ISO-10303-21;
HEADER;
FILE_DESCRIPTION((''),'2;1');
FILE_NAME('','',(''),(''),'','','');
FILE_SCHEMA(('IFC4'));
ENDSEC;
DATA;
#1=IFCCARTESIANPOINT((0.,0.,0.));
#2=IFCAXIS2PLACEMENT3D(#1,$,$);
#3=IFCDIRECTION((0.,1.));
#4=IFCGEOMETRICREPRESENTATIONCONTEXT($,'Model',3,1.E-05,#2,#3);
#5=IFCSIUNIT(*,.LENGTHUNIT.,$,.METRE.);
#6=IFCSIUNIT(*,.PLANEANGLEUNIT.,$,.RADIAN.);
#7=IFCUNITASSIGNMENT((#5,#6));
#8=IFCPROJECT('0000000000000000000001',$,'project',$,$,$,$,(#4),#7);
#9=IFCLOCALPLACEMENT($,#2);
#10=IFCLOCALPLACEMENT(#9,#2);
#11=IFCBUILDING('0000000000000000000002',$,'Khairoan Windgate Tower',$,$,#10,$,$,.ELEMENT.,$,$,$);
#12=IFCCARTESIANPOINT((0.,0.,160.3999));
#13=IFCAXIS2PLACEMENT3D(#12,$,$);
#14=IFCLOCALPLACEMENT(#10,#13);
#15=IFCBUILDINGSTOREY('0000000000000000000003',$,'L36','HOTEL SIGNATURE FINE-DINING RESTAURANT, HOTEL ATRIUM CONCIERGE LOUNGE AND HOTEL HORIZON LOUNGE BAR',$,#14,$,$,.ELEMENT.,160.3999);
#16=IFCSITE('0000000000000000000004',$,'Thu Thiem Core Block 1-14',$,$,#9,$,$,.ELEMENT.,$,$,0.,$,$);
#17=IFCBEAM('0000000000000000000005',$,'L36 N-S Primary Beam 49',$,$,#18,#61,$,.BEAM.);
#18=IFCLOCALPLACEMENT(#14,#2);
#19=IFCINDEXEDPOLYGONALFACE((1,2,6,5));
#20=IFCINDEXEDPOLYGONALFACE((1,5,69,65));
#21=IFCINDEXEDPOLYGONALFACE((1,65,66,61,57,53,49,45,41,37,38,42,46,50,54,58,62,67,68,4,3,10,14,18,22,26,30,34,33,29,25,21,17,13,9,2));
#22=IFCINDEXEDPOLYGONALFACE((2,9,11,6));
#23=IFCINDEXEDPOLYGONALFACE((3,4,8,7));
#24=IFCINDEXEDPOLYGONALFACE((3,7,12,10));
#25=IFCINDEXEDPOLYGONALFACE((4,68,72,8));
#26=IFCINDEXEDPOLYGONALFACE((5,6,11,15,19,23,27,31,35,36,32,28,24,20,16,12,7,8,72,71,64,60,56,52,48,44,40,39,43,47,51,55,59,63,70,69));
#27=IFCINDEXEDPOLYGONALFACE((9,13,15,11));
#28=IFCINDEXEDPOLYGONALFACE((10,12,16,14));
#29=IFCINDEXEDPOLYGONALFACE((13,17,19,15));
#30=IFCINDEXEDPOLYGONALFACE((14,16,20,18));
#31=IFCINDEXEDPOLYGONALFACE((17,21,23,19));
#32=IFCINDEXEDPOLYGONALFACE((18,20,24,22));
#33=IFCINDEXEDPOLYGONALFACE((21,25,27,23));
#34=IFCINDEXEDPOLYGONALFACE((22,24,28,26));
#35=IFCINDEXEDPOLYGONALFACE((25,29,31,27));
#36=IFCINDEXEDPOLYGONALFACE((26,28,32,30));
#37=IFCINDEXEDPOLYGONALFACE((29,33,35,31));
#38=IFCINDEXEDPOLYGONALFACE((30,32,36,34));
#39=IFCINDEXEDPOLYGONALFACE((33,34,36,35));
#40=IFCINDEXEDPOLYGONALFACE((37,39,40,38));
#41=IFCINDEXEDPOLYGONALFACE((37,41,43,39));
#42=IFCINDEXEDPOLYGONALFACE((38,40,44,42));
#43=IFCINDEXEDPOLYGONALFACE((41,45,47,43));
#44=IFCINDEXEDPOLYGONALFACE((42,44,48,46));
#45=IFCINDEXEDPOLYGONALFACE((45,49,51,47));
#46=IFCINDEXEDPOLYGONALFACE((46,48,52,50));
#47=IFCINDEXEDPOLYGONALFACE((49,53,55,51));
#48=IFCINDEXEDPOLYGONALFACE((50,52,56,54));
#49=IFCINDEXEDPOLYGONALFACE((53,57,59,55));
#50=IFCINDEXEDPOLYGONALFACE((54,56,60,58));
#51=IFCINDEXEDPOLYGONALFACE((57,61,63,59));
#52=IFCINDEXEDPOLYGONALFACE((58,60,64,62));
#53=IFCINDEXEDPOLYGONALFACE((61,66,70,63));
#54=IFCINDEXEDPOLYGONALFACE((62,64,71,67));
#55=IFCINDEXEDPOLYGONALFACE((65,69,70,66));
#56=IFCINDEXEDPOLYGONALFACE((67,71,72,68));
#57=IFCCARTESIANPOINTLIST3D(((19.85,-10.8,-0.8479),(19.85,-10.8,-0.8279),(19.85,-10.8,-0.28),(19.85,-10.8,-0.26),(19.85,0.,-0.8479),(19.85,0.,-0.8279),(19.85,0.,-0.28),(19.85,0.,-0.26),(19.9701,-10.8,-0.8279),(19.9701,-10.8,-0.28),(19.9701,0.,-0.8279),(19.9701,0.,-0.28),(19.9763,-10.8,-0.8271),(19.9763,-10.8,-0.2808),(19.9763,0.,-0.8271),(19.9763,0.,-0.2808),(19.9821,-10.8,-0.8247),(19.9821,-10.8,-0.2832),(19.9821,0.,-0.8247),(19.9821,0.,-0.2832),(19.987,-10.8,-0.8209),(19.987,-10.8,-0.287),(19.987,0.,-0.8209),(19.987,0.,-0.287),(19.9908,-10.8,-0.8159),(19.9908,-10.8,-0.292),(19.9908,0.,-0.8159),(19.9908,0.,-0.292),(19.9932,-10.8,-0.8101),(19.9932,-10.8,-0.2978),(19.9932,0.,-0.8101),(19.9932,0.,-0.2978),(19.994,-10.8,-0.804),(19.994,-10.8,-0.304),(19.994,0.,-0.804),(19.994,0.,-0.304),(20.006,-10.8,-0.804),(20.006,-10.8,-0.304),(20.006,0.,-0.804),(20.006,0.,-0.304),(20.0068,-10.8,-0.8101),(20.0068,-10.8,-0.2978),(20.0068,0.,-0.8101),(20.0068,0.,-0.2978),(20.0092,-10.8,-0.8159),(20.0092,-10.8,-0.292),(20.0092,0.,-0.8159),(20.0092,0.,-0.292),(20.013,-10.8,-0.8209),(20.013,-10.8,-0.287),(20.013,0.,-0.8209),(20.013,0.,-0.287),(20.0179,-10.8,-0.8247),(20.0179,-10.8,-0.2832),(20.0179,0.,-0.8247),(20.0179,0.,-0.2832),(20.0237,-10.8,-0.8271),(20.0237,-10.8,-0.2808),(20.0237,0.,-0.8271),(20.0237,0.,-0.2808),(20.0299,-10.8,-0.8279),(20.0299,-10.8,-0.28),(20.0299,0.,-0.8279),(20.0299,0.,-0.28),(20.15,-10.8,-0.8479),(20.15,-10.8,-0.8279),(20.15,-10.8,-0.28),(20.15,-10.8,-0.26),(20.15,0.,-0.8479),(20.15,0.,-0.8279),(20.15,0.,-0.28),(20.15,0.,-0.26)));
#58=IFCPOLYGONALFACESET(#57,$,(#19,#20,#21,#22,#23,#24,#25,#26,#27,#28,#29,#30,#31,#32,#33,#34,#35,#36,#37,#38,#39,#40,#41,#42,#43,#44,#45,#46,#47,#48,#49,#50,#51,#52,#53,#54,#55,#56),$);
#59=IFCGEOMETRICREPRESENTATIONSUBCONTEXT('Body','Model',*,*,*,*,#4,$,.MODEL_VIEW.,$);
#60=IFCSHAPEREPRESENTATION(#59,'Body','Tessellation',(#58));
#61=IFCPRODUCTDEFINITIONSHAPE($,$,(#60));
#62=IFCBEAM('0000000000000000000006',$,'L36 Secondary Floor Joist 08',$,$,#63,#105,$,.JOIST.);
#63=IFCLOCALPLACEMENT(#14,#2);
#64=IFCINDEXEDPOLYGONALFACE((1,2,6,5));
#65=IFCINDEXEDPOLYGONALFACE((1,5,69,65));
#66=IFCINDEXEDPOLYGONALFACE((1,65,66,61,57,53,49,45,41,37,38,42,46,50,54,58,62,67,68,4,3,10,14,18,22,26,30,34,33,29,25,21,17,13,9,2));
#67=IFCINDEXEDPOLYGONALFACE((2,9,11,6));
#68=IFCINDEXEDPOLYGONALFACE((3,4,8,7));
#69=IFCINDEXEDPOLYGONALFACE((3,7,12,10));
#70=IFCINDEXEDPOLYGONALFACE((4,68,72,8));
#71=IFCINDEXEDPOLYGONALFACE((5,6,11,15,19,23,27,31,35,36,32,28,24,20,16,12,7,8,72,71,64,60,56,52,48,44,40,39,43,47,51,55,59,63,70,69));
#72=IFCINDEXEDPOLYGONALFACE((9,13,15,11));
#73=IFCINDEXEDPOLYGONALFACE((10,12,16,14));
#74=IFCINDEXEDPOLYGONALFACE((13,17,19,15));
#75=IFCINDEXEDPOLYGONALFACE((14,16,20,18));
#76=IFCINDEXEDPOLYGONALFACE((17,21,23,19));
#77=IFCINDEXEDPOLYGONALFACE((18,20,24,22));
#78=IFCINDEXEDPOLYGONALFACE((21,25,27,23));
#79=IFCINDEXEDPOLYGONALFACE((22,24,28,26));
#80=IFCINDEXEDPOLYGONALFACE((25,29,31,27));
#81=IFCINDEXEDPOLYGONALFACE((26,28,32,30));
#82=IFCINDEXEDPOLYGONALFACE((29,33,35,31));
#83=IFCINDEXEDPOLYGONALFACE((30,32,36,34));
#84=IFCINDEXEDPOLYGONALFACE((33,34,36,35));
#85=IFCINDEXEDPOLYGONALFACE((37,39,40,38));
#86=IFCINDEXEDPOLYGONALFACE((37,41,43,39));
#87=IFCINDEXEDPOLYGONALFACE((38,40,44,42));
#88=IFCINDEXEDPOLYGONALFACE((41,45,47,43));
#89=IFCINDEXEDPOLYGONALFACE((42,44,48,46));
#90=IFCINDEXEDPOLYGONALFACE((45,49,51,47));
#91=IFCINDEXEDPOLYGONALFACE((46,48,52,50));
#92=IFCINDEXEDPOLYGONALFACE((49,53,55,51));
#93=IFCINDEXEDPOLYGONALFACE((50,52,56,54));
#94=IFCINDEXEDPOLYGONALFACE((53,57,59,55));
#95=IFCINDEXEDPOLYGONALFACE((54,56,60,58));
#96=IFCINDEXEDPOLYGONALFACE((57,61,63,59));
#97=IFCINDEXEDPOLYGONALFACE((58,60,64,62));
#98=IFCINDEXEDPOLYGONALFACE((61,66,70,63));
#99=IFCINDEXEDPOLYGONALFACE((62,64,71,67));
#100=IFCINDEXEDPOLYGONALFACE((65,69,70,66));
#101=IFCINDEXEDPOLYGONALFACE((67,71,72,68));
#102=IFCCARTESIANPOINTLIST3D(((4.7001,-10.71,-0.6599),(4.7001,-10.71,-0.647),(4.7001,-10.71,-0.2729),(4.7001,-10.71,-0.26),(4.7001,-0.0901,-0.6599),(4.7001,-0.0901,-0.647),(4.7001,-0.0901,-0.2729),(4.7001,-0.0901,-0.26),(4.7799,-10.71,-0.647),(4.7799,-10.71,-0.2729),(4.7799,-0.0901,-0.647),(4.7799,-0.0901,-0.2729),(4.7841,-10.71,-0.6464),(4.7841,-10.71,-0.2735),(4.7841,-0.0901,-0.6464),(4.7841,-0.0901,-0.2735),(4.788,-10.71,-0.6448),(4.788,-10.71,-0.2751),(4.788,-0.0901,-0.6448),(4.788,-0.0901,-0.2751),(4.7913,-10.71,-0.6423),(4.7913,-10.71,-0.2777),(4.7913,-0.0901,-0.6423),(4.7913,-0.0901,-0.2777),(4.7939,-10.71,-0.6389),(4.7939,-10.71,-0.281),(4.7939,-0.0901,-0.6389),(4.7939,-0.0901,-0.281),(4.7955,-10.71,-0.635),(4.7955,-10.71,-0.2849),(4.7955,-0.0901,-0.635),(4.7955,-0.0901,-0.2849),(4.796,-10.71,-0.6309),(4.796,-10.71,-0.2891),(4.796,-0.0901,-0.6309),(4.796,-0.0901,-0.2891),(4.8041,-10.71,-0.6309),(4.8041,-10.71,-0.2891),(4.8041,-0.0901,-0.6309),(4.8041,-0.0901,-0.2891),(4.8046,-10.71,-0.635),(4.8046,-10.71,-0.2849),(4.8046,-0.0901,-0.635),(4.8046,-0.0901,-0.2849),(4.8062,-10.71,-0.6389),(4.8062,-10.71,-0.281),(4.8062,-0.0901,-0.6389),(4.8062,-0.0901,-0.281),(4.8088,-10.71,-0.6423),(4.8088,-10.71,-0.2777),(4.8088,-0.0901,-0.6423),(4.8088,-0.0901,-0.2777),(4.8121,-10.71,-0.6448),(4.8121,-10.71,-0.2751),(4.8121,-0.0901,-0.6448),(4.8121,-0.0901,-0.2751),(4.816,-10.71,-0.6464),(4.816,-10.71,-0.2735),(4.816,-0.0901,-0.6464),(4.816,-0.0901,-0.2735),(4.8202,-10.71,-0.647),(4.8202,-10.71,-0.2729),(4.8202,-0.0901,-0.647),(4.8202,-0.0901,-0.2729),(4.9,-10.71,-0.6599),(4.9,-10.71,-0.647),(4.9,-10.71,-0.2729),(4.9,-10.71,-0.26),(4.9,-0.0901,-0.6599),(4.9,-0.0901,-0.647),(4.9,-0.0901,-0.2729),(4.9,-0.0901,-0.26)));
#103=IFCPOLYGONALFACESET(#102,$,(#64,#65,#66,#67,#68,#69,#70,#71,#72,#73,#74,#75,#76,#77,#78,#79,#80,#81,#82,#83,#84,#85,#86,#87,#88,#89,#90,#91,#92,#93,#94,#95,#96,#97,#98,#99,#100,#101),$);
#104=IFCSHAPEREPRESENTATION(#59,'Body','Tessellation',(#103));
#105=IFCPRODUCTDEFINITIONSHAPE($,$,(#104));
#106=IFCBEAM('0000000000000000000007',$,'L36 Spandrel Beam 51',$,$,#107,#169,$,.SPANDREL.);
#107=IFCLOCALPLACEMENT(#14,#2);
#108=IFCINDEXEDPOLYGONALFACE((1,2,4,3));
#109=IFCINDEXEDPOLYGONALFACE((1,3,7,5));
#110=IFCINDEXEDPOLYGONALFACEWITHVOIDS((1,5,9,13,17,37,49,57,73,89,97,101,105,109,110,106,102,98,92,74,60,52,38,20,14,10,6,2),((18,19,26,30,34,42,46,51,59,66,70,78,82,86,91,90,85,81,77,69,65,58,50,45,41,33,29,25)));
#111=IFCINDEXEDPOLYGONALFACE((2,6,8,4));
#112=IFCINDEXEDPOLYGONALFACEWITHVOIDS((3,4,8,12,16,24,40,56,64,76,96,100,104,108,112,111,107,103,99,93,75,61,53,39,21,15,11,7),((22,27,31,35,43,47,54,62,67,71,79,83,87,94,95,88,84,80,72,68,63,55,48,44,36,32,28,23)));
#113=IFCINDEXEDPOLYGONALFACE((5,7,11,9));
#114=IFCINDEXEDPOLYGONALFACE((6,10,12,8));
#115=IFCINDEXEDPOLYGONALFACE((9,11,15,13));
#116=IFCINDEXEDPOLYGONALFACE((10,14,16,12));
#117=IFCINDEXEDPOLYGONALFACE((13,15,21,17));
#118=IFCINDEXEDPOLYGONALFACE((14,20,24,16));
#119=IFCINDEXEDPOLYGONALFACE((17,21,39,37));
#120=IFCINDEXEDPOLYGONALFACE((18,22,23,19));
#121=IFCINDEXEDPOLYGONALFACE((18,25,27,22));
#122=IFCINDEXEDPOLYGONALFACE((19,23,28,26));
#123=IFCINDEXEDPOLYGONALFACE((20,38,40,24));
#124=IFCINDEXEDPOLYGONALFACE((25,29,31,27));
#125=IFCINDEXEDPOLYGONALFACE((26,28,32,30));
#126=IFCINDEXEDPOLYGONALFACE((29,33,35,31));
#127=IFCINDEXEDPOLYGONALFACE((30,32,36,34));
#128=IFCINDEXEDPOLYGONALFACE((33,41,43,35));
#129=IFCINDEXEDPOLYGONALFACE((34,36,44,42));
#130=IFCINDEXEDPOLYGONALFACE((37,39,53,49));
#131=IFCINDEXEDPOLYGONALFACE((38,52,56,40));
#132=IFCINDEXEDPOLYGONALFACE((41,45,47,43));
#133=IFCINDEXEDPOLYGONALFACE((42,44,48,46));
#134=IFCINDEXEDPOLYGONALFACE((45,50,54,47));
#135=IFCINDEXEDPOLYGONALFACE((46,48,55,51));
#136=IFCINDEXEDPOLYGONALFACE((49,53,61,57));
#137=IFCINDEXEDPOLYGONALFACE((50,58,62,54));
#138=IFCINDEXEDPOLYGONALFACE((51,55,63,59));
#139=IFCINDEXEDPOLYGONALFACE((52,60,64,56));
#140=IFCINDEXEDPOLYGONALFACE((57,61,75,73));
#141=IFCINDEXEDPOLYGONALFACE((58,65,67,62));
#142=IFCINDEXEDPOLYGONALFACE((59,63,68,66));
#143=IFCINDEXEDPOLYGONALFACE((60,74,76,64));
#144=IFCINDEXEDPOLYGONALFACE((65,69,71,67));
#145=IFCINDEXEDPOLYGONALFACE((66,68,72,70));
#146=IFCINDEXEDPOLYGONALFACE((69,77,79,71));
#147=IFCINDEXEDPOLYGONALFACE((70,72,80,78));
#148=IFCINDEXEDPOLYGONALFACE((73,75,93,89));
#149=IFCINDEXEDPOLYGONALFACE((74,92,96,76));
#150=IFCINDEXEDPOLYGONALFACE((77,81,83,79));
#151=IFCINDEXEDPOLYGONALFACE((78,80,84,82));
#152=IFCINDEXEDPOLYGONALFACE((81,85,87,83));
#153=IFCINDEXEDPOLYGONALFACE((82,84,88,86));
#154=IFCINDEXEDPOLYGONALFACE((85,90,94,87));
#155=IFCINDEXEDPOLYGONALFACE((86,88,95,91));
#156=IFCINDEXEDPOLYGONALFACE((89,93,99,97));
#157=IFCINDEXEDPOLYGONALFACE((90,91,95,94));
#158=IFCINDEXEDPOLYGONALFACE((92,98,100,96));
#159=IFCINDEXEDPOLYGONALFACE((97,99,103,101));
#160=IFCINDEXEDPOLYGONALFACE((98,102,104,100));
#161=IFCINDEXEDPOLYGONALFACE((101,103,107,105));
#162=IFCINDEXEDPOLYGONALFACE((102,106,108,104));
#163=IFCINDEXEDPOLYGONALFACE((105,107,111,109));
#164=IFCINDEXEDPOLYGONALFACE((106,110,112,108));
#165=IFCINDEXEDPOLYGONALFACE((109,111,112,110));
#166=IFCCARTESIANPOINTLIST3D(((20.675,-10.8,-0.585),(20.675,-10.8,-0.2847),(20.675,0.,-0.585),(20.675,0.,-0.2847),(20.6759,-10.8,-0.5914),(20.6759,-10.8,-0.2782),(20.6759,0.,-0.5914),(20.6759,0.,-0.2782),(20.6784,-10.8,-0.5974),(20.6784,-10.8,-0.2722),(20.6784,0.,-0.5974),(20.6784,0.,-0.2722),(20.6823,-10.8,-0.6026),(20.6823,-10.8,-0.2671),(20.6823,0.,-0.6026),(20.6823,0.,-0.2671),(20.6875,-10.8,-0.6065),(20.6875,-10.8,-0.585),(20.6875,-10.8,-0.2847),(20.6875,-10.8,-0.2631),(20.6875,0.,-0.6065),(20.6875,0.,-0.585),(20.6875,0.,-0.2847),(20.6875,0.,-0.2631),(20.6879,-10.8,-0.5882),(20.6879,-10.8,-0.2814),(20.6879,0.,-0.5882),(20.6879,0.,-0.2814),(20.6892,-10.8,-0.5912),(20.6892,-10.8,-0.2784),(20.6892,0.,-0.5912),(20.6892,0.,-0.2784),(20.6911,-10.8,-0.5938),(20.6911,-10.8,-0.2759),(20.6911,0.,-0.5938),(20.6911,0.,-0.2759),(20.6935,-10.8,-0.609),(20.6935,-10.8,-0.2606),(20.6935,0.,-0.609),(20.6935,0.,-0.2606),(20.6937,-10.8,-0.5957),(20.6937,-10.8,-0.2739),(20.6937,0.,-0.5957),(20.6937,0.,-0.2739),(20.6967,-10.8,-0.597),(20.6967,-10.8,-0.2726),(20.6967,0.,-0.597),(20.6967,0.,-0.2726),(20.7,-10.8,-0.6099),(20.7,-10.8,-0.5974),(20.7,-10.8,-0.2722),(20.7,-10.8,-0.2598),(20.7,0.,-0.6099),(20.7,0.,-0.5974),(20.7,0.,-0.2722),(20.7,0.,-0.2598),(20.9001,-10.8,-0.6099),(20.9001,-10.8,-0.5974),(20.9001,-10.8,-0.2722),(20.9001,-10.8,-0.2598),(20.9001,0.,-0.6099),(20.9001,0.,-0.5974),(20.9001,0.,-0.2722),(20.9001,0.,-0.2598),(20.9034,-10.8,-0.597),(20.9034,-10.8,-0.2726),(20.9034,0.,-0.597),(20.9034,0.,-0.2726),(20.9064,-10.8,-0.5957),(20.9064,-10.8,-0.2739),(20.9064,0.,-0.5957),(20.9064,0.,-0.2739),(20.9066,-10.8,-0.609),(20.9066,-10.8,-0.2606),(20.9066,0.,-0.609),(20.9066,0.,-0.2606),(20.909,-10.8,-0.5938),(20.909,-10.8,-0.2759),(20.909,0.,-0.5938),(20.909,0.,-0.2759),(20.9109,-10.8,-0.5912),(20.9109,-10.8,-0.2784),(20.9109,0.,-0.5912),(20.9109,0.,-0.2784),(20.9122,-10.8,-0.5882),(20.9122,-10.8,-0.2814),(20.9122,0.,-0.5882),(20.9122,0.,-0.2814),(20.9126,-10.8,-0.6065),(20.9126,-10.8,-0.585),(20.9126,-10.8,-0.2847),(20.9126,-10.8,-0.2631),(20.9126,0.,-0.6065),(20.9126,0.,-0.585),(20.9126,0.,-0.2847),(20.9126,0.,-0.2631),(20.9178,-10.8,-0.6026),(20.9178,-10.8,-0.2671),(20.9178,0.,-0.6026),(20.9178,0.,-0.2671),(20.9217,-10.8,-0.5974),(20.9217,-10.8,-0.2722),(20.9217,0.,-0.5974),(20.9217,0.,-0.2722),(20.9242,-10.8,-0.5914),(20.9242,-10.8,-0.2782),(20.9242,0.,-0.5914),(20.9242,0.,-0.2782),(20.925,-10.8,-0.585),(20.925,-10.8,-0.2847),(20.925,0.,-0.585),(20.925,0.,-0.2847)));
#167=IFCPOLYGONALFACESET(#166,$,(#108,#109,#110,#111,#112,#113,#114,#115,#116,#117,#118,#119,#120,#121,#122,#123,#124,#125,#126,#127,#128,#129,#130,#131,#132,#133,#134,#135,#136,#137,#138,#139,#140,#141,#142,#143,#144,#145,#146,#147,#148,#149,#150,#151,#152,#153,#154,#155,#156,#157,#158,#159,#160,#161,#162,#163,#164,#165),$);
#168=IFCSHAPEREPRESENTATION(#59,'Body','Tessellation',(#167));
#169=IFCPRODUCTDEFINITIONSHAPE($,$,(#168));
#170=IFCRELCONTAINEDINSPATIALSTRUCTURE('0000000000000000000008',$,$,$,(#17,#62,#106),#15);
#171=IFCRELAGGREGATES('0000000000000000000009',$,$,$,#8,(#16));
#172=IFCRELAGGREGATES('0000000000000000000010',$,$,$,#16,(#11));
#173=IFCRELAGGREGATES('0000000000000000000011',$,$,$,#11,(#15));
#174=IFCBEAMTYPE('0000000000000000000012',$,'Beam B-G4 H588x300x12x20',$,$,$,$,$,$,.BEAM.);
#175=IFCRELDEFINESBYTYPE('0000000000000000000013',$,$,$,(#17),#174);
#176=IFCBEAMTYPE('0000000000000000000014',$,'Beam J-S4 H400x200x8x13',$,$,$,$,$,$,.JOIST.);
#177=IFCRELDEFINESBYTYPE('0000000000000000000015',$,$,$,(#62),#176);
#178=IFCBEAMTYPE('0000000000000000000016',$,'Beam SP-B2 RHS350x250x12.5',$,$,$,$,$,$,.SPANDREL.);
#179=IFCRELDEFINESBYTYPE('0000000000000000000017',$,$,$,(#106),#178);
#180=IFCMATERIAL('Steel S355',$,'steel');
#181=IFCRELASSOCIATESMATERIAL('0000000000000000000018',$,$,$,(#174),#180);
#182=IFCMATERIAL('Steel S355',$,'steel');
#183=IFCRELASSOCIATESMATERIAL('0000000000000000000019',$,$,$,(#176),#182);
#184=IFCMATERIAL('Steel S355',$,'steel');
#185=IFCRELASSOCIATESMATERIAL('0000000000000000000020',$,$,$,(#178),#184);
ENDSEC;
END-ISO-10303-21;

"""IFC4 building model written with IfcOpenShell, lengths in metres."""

from ifc_helpers import new_model, si_unit, direction, frame, origin, origin_2d, place, context, subcontext, project, spatial, hollow_rectangle, i_section, extrude, material, material_profile, profile_set, type_object, element, save


model = new_model("IFC4")

# Units and contexts
model_context = context("Model", 3, precision=1e-05, world=origin(), true_north=direction((0.0, 1.0)))
body_context = subcontext(model_context, "Body", "Model", "MODEL_VIEW")
ifc_project = project(units=[si_unit("LENGTHUNIT", "METRE"), si_unit("PLANEANGLEUNIT", "RADIAN")], contexts=[model_context])

# Site, building, storey
site_placement = place(None, origin())
site = spatial("IfcSite", under=ifc_project, at=site_placement, Name="Thu Thiem Core Block 1-14", CompositionType="ELEMENT", RefElevation=0.0)
building_placement = place(site_placement, origin())
building = spatial("IfcBuilding", under=site, at=building_placement, Name="Khairoan Windgate Tower", CompositionType="ELEMENT")
storey_placement = place(building_placement, frame((0.0, 0.0, 160.3999)))
storey = spatial("IfcBuildingStorey", under=building, at=storey_placement, Name="L36", Description="HOTEL SIGNATURE FINE-DINING RESTAURANT, HOTEL ATRIUM CONCIERGE LOUNGE AND HOTEL HORIZON LOUNGE BAR", CompositionType="ELEMENT", Elevation=160.3999)

# Beams
ifc_material_1 = material(Name="Steel S355", Category="steel")
ifc_material_profile_1 = material_profile(ifc_material_1, i_section(OverallWidth=0.3, OverallDepth=0.5879, WebThickness=0.012, FlangeThickness=0.02, FilletRadius=0.0239, at=origin_2d()))
ifc_profile_set_1 = profile_set([ifc_material_profile_1], Name="Steel S355")
beam_type_1 = type_object("IfcBeamType", Name="Beam B-G4 H588x300x12x20", PredefinedType="BEAM", material=ifc_profile_set_1)
for number, where, z_axis, x_axis, name in (
    (1, (20.0, -10.8, -0.554), (0.0, 1.0, 0.0), (-1.0, 0.0, 0.0), "L36 N-S Primary Beam 49"),
):
    element("IfcBeam", number, at=place(storey_placement, frame(where, z_axis=z_axis, x_axis=x_axis)), inside=storey, type_object=beam_type_1, Name=name, PredefinedType="BEAM", context=body_context, shape_type="SweptSolid", body=[
        extrude(i_section(OverallWidth=0.3, OverallDepth=0.5879, WebThickness=0.012, FlangeThickness=0.02, FilletRadius=0.0239, at=origin_2d()), origin(), (0.0, 0.0, 1.0), 10.8),
    ])
ifc_material_2 = material(Name="Steel S355", Category="steel")
ifc_material_profile_2 = material_profile(ifc_material_2, i_section(OverallWidth=0.2, OverallDepth=0.3999, WebThickness=0.0081, FlangeThickness=0.0129, FilletRadius=0.0161, at=origin_2d()))
ifc_profile_set_2 = profile_set([ifc_material_profile_2], Name="Steel S355")
beam_type_2 = type_object("IfcBeamType", Name="Beam J-S4 H400x200x8x13", PredefinedType="JOIST", material=ifc_profile_set_2)
beam_1_placement = place(storey_placement, frame((4.8, -10.71, -0.46), z_axis=(0.0, 1.0, 0.0), x_axis=(-1.0, 0.0, 0.0)))
element("IfcBeam", 2, at=beam_1_placement, inside=storey, type_object=beam_type_2, Name="L36 Secondary Floor Joist 08", PredefinedType="JOIST", context=body_context, shape_type="SweptSolid", body=[
    extrude(i_section(OverallWidth=0.2, OverallDepth=0.3999, WebThickness=0.0081, FlangeThickness=0.0129, FilletRadius=0.0161, at=origin_2d()), origin(), (0.0, 0.0, 1.0), 10.6199),
])
ifc_material_3 = material(Name="Steel S355", Category="steel")
ifc_material_profile_3 = material_profile(ifc_material_3, hollow_rectangle(XDim=0.25, YDim=0.3501, WallThickness=0.0125, InnerFilletRadius=0.0125, OuterFilletRadius=0.0249, at=origin_2d()))
ifc_profile_set_3 = profile_set([ifc_material_profile_3], Name="Steel S355")
beam_type_3 = type_object("IfcBeamType", Name="Beam SP-B2 RHS350x250x12.5", PredefinedType="SPANDREL", material=ifc_profile_set_3)
for number, where, z_axis, x_axis, name in (
    (3, (20.8, -10.8, -0.4348), (0.0, 1.0, 0.0), (-1.0, 0.0, 0.0), "L36 Spandrel Beam 51"),
):
    element("IfcBeam", number, at=place(storey_placement, frame(where, z_axis=z_axis, x_axis=x_axis)), inside=storey, type_object=beam_type_3, Name=name, PredefinedType="SPANDREL", context=body_context, shape_type="SweptSolid", body=[
        extrude(hollow_rectangle(XDim=0.25, YDim=0.3501, WallThickness=0.0125, InnerFilletRadius=0.0125, OuterFilletRadius=0.0249, at=origin_2d()), origin(), (0.0, 0.0, 1.0), 10.8),
    ])

save(model, "model.ifc")
